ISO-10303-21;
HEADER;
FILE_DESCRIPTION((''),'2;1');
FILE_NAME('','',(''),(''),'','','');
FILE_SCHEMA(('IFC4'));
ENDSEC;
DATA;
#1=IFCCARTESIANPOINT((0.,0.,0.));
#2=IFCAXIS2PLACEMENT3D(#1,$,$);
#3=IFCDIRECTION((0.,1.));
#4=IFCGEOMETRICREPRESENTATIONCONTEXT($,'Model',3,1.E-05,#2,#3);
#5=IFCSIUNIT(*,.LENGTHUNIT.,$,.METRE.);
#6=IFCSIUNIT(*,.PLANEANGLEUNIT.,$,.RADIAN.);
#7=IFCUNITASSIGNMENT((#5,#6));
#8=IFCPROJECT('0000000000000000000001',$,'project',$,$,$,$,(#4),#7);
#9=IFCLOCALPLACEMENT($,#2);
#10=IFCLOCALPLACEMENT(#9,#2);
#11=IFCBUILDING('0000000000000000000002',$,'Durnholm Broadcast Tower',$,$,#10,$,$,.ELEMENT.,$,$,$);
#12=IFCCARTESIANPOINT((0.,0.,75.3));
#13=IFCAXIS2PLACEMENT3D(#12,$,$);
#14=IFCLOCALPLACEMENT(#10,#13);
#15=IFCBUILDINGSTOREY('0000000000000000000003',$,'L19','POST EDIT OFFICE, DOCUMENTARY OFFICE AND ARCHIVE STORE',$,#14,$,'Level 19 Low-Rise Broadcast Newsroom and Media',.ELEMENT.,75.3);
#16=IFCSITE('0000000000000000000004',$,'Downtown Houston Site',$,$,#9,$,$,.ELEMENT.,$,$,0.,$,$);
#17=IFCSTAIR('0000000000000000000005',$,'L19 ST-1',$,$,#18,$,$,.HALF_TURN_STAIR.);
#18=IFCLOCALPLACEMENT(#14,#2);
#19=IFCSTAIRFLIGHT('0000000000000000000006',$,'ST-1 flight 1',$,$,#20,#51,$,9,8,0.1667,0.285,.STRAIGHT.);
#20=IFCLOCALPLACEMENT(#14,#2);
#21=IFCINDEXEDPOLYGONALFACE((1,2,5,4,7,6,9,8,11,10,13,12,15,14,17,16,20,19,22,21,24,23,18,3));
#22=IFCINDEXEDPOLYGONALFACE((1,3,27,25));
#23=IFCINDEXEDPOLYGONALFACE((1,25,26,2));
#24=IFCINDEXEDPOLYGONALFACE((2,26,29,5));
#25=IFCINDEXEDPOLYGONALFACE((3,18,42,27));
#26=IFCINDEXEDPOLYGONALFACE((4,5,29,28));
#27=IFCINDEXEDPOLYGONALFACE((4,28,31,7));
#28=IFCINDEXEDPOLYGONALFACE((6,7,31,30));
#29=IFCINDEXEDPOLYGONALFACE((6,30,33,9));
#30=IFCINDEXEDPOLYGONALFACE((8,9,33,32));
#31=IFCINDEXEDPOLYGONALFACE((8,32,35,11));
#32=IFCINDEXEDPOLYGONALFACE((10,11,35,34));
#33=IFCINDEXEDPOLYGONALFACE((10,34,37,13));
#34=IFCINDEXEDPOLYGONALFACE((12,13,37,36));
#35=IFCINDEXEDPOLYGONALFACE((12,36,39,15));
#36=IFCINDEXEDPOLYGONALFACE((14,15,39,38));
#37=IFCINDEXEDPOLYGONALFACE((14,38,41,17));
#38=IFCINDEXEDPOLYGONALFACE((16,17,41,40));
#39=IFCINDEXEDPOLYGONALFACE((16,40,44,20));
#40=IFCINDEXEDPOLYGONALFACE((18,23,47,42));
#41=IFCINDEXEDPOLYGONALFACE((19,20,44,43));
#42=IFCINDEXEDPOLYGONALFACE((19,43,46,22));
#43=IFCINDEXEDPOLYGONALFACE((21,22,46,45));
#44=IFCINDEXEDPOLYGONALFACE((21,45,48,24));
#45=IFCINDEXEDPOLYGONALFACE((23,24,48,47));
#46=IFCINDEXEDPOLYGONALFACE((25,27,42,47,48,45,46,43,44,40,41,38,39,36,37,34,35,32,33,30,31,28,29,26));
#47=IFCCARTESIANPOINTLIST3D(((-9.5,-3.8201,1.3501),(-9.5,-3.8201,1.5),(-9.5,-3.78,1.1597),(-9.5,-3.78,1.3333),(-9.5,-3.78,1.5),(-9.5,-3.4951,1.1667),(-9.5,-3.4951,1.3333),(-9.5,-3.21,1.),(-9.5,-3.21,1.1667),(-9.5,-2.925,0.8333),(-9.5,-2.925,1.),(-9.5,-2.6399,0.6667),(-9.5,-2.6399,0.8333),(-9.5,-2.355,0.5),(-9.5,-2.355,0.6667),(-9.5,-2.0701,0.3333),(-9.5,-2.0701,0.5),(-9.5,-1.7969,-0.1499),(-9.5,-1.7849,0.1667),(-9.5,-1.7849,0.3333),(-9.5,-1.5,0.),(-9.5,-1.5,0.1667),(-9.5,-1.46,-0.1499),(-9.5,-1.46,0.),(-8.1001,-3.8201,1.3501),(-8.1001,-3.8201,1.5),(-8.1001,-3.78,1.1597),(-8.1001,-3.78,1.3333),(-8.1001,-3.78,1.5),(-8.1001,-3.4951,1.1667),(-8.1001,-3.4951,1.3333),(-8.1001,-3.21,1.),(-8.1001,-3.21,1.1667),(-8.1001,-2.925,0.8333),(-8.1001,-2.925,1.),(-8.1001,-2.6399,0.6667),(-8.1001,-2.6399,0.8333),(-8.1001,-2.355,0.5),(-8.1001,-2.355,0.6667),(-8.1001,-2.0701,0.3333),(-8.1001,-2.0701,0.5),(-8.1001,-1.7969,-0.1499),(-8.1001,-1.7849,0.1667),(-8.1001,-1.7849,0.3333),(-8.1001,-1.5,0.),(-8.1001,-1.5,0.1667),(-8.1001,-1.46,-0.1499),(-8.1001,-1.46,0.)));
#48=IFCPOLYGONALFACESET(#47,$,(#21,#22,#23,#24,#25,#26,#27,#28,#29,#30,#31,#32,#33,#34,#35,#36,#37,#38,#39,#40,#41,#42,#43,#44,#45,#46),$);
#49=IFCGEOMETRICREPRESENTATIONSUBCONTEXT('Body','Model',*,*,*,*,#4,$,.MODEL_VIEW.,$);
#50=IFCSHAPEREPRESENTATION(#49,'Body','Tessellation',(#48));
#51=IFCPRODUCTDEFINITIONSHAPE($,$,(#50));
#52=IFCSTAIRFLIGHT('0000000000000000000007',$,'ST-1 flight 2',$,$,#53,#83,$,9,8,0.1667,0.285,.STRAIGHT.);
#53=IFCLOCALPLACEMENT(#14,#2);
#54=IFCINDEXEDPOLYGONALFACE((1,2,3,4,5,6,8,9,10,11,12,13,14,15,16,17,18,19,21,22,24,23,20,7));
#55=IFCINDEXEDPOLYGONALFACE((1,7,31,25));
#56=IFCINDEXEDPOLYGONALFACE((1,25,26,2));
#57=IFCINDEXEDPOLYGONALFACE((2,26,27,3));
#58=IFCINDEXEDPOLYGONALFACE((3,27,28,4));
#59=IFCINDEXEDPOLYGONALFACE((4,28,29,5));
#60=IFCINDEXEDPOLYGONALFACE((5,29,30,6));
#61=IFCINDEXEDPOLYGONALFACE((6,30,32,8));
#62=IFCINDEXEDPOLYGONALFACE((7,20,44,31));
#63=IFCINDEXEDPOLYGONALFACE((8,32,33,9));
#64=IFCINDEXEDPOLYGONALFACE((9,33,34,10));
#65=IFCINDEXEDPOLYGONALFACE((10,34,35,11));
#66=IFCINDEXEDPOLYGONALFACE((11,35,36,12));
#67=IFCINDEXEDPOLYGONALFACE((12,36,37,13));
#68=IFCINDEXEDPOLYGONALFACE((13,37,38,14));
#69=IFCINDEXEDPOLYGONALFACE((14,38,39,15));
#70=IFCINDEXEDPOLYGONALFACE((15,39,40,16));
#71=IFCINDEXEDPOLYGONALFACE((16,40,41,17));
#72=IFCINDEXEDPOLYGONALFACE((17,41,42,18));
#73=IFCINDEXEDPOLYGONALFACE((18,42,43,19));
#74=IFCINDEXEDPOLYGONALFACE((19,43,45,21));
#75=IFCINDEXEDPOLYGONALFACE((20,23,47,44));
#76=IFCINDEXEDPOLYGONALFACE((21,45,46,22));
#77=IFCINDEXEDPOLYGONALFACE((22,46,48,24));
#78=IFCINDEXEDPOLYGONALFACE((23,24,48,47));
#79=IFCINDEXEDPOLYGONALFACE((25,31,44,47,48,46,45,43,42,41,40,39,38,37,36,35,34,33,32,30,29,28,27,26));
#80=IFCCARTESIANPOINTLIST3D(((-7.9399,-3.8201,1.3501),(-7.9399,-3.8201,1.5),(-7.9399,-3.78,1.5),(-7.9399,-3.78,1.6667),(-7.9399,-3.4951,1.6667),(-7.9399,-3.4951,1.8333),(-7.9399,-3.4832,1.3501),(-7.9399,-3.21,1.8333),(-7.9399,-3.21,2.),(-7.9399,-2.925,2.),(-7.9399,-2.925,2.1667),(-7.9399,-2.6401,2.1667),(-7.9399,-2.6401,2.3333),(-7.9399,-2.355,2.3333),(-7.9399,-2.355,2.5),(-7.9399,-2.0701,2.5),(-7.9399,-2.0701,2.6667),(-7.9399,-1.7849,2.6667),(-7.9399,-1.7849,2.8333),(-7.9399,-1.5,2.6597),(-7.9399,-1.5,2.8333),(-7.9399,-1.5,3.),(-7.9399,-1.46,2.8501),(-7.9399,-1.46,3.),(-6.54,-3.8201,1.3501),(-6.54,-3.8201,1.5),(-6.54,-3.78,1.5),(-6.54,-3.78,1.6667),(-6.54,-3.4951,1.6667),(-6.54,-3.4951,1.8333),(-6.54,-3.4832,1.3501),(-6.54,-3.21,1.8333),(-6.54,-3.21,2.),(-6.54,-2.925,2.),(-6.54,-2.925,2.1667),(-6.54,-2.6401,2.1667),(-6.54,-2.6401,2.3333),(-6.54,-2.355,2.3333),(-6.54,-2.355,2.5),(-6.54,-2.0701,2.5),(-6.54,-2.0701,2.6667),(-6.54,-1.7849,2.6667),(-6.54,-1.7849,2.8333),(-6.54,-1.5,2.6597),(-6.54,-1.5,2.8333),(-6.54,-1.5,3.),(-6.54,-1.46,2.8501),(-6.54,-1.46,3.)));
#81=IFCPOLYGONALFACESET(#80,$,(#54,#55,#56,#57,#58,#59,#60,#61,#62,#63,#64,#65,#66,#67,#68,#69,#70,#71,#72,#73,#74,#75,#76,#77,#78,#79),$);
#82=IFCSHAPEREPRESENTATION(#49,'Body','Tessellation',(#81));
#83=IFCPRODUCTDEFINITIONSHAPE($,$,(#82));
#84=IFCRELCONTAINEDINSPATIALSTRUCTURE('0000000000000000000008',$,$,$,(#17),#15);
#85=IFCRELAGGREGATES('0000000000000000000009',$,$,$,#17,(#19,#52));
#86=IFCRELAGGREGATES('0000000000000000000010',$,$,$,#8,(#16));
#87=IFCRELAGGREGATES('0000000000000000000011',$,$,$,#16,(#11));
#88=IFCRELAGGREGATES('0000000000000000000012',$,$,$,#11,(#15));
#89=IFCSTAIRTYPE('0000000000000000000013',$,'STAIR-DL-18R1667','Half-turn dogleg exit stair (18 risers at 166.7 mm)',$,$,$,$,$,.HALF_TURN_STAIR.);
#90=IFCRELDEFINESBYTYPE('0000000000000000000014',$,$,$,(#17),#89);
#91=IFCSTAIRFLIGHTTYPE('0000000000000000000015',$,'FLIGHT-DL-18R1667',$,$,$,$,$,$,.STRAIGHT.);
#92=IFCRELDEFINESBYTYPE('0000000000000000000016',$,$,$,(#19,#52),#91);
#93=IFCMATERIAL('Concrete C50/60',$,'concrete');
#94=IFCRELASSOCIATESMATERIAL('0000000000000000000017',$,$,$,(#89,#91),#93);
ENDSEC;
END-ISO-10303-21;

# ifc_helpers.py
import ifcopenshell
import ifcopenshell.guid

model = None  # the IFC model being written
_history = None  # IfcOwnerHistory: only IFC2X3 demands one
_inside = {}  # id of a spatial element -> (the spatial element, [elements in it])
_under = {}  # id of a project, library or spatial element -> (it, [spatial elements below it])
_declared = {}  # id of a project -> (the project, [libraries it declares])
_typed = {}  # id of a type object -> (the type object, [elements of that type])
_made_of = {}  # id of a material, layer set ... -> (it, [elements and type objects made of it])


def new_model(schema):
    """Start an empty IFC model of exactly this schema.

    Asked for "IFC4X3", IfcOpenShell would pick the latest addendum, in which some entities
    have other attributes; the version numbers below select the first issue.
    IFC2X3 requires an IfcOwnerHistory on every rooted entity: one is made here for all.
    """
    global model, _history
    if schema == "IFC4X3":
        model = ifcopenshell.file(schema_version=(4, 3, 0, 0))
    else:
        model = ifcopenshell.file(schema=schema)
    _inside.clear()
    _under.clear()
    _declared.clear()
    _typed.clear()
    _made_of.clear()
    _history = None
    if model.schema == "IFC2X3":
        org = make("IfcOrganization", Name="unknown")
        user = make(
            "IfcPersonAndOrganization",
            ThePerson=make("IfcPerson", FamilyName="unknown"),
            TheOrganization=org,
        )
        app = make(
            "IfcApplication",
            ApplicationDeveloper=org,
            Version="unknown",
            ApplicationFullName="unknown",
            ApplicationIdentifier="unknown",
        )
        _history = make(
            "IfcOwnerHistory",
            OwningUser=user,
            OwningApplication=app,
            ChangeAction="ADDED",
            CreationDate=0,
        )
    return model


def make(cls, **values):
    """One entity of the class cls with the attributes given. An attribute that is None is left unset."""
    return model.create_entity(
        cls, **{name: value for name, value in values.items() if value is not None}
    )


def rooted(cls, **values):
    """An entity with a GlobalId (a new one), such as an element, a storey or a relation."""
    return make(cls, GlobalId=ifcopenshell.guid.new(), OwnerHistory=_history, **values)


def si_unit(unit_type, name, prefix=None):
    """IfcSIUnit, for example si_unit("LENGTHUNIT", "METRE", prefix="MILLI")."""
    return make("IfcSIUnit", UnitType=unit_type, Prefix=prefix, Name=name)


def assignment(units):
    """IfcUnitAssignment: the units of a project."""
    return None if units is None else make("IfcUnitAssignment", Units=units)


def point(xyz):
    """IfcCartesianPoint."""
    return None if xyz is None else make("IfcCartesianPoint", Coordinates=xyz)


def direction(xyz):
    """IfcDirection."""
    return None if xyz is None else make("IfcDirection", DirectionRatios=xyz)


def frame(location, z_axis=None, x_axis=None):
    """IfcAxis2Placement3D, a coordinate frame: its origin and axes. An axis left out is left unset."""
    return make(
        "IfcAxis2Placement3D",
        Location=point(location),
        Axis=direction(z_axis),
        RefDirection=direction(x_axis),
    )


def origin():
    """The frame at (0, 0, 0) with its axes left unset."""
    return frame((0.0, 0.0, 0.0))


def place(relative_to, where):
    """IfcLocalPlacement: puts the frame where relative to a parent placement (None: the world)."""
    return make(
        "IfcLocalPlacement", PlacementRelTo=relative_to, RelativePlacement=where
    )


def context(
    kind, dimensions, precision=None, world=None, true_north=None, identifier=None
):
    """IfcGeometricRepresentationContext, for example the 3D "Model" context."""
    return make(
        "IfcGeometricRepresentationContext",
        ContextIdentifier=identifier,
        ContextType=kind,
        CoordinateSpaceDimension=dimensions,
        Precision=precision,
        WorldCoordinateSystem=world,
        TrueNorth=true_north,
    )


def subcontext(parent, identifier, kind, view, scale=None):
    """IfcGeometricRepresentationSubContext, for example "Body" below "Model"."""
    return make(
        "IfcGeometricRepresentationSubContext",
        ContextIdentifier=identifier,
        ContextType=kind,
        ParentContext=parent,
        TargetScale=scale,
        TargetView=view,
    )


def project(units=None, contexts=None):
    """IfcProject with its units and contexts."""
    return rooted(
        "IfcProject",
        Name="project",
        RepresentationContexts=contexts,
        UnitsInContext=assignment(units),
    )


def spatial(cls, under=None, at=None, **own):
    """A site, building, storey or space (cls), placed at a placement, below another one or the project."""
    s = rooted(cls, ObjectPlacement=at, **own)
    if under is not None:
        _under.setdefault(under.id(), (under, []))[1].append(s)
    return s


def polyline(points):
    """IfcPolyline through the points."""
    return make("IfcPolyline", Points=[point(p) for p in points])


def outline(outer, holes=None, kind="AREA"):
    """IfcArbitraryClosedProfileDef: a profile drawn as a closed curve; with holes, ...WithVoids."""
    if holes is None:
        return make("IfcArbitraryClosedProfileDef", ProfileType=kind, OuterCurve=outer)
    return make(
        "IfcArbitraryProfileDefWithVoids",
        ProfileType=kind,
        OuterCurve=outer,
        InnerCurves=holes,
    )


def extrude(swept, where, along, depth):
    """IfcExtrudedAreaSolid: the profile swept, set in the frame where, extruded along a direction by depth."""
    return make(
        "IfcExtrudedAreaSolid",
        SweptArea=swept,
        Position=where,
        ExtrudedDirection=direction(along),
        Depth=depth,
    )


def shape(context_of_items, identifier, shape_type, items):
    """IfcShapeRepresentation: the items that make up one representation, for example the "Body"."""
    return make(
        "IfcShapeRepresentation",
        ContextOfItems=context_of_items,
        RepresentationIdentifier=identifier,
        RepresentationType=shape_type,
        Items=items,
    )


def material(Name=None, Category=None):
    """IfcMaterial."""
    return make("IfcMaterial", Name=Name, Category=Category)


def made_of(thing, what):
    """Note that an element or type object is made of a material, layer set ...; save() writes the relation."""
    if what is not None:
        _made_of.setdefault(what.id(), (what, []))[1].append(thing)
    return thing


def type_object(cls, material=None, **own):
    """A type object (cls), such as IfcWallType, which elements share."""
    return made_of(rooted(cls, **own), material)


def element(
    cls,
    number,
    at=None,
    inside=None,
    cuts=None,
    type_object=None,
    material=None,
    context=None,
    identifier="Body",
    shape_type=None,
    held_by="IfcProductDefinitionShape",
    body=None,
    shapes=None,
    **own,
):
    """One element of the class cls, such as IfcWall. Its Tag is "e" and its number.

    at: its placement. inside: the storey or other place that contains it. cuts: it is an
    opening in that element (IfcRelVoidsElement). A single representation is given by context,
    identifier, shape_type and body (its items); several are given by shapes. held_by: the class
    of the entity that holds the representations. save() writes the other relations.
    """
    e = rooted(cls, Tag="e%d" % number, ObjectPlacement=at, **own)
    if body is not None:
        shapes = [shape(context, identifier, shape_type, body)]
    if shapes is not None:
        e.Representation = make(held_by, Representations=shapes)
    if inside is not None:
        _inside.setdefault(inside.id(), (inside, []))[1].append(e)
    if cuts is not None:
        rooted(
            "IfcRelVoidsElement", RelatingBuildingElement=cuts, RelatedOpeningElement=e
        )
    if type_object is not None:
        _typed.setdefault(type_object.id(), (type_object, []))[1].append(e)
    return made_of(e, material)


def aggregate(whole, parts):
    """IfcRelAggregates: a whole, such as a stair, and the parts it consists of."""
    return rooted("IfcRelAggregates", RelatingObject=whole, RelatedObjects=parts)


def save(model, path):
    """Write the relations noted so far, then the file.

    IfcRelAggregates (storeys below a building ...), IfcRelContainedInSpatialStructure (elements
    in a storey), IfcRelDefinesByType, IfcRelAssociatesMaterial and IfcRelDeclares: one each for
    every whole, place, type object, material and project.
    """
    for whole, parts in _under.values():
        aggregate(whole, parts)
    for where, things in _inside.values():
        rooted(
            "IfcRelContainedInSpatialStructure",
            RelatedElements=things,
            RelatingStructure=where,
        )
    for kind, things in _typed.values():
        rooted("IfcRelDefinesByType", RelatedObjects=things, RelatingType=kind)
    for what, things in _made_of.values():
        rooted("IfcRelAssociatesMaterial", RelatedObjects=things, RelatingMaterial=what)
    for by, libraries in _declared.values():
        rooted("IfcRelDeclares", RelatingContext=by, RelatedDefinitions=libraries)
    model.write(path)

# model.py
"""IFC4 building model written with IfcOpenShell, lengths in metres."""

from ifc_helpers import new_model, si_unit, direction, frame, origin, place, context, subcontext, project, spatial, polyline, outline, extrude, material, type_object, element, aggregate, save


model = new_model("IFC4")

# Units and contexts
model_context = context("Model", 3, precision=1e-05, world=origin(), true_north=direction((0.0, 1.0)))
body_context = subcontext(model_context, "Body", "Model", "MODEL_VIEW")
ifc_project = project(units=[si_unit("LENGTHUNIT", "METRE"), si_unit("PLANEANGLEUNIT", "RADIAN")], contexts=[model_context])

# Site, building, storey
site_placement = place(None, origin())
site = spatial("IfcSite", under=ifc_project, at=site_placement, Name="Downtown Houston Site", CompositionType="ELEMENT", RefElevation=0.0)
building_placement = place(site_placement, origin())
building = spatial("IfcBuilding", under=site, at=building_placement, Name="Durnholm Broadcast Tower", CompositionType="ELEMENT")
storey_placement = place(building_placement, frame((0.0, 0.0, 75.3)))
storey = spatial("IfcBuildingStorey", under=building, at=storey_placement, Name="L19", Description="POST EDIT OFFICE, DOCUMENTARY OFFICE AND ARCHIVE STORE", LongName="Level 19 Low-Rise Broadcast Newsroom and Media", CompositionType="ELEMENT", Elevation=75.3)

# Shared definitions
ifc_material_1 = material(Name="Concrete C50/60", Category="concrete")

# Stair, stair flights
stair_type = type_object("IfcStairType", Name="STAIR-DL-18R1667", Description="Half-turn dogleg exit stair (18 risers at 166.7 mm)", PredefinedType="HALF_TURN_STAIR", material=ifc_material_1)
stair_placement = place(storey_placement, origin())
stair = element("IfcStair", 1, at=stair_placement, inside=storey, type_object=stair_type, Name="L19 ST-1", PredefinedType="HALF_TURN_STAIR")
stair_flight_type = type_object("IfcStairFlightType", Name="FLIGHT-DL-18R1667", PredefinedType="STRAIGHT", material=ifc_material_1)
stair_flight_1_placement = place(storey_placement, frame((-8.8, -1.5, 0.0), z_axis=(0.0, 0.0, 1.0), x_axis=(0.0, -1.0, 0.0)))
stair_flight_1 = element("IfcStairFlight", 2, at=stair_flight_1_placement, type_object=stair_flight_type, Name="ST-1 flight 1", NumberOfRisers=9, NumberOfTreads=8, PredefinedType="STRAIGHT", RiserHeight=0.1667, TreadLength=0.285, context=body_context, shape_type="SweptSolid", body=[
    extrude(outline(polyline([(-0.04, -0.1499), (-0.04, 0.0), (0.0, 0.0), (0.0, 0.1667), (0.2849, 0.1667), (0.2849, 0.3333), (0.5701, 0.3333), (0.5701, 0.5), (0.855, 0.5), (0.855, 0.6667), (1.1399, 0.6667), (1.1399, 0.8333), (1.425, 0.8333), (1.425, 1.0), (1.71, 1.0), (1.71, 1.1667), (1.9951, 1.1667), (1.9951, 1.3333), (2.28, 1.3333), (2.28, 1.5), (2.3201, 1.5), (2.3201, 1.3501), (2.28, 1.1597), (0.2969, -0.1499), (-0.04, -0.1499)])), frame((0.0, 0.7, 0.0), z_axis=(0.0, -1.0, 0.0), x_axis=(1.0, 0.0, 0.0)), (0.0, 0.0, 1.0), 1.3999),
])
stair_flight_2_placement = place(storey_placement, frame((-7.24, -3.78, 1.5), z_axis=(0.0, 0.0, 1.0), x_axis=(0.0, 1.0, 0.0)))
stair_flight_2 = element("IfcStairFlight", 3, at=stair_flight_2_placement, type_object=stair_flight_type, Name="ST-1 flight 2", NumberOfRisers=9, NumberOfTreads=8, PredefinedType="STRAIGHT", RiserHeight=0.1667, TreadLength=0.285, context=body_context, shape_type="SweptSolid", body=[
    extrude(outline(polyline([(-0.04, -0.1499), (-0.04, 0.0), (0.0, 0.0), (0.0, 0.1667), (0.2849, 0.1667), (0.2849, 0.3333), (0.5701, 0.3333), (0.5701, 0.5), (0.855, 0.5), (0.855, 0.6667), (1.1399, 0.6667), (1.1399, 0.8333), (1.425, 0.8333), (1.425, 1.0), (1.71, 1.0), (1.71, 1.1667), (1.9951, 1.1667), (1.9951, 1.3333), (2.28, 1.3333), (2.28, 1.5), (2.3201, 1.5), (2.3201, 1.3501), (2.28, 1.1597), (0.2969, -0.1499), (-0.04, -0.1499)])), frame((0.0, 0.7, 0.0), z_axis=(0.0, -1.0, 0.0), x_axis=(1.0, 0.0, 0.0)), (0.0, 0.0, 1.0), 1.3999),
])
aggregate(stair, [stair_flight_1, stair_flight_2])

save(model, "model.ifc")
